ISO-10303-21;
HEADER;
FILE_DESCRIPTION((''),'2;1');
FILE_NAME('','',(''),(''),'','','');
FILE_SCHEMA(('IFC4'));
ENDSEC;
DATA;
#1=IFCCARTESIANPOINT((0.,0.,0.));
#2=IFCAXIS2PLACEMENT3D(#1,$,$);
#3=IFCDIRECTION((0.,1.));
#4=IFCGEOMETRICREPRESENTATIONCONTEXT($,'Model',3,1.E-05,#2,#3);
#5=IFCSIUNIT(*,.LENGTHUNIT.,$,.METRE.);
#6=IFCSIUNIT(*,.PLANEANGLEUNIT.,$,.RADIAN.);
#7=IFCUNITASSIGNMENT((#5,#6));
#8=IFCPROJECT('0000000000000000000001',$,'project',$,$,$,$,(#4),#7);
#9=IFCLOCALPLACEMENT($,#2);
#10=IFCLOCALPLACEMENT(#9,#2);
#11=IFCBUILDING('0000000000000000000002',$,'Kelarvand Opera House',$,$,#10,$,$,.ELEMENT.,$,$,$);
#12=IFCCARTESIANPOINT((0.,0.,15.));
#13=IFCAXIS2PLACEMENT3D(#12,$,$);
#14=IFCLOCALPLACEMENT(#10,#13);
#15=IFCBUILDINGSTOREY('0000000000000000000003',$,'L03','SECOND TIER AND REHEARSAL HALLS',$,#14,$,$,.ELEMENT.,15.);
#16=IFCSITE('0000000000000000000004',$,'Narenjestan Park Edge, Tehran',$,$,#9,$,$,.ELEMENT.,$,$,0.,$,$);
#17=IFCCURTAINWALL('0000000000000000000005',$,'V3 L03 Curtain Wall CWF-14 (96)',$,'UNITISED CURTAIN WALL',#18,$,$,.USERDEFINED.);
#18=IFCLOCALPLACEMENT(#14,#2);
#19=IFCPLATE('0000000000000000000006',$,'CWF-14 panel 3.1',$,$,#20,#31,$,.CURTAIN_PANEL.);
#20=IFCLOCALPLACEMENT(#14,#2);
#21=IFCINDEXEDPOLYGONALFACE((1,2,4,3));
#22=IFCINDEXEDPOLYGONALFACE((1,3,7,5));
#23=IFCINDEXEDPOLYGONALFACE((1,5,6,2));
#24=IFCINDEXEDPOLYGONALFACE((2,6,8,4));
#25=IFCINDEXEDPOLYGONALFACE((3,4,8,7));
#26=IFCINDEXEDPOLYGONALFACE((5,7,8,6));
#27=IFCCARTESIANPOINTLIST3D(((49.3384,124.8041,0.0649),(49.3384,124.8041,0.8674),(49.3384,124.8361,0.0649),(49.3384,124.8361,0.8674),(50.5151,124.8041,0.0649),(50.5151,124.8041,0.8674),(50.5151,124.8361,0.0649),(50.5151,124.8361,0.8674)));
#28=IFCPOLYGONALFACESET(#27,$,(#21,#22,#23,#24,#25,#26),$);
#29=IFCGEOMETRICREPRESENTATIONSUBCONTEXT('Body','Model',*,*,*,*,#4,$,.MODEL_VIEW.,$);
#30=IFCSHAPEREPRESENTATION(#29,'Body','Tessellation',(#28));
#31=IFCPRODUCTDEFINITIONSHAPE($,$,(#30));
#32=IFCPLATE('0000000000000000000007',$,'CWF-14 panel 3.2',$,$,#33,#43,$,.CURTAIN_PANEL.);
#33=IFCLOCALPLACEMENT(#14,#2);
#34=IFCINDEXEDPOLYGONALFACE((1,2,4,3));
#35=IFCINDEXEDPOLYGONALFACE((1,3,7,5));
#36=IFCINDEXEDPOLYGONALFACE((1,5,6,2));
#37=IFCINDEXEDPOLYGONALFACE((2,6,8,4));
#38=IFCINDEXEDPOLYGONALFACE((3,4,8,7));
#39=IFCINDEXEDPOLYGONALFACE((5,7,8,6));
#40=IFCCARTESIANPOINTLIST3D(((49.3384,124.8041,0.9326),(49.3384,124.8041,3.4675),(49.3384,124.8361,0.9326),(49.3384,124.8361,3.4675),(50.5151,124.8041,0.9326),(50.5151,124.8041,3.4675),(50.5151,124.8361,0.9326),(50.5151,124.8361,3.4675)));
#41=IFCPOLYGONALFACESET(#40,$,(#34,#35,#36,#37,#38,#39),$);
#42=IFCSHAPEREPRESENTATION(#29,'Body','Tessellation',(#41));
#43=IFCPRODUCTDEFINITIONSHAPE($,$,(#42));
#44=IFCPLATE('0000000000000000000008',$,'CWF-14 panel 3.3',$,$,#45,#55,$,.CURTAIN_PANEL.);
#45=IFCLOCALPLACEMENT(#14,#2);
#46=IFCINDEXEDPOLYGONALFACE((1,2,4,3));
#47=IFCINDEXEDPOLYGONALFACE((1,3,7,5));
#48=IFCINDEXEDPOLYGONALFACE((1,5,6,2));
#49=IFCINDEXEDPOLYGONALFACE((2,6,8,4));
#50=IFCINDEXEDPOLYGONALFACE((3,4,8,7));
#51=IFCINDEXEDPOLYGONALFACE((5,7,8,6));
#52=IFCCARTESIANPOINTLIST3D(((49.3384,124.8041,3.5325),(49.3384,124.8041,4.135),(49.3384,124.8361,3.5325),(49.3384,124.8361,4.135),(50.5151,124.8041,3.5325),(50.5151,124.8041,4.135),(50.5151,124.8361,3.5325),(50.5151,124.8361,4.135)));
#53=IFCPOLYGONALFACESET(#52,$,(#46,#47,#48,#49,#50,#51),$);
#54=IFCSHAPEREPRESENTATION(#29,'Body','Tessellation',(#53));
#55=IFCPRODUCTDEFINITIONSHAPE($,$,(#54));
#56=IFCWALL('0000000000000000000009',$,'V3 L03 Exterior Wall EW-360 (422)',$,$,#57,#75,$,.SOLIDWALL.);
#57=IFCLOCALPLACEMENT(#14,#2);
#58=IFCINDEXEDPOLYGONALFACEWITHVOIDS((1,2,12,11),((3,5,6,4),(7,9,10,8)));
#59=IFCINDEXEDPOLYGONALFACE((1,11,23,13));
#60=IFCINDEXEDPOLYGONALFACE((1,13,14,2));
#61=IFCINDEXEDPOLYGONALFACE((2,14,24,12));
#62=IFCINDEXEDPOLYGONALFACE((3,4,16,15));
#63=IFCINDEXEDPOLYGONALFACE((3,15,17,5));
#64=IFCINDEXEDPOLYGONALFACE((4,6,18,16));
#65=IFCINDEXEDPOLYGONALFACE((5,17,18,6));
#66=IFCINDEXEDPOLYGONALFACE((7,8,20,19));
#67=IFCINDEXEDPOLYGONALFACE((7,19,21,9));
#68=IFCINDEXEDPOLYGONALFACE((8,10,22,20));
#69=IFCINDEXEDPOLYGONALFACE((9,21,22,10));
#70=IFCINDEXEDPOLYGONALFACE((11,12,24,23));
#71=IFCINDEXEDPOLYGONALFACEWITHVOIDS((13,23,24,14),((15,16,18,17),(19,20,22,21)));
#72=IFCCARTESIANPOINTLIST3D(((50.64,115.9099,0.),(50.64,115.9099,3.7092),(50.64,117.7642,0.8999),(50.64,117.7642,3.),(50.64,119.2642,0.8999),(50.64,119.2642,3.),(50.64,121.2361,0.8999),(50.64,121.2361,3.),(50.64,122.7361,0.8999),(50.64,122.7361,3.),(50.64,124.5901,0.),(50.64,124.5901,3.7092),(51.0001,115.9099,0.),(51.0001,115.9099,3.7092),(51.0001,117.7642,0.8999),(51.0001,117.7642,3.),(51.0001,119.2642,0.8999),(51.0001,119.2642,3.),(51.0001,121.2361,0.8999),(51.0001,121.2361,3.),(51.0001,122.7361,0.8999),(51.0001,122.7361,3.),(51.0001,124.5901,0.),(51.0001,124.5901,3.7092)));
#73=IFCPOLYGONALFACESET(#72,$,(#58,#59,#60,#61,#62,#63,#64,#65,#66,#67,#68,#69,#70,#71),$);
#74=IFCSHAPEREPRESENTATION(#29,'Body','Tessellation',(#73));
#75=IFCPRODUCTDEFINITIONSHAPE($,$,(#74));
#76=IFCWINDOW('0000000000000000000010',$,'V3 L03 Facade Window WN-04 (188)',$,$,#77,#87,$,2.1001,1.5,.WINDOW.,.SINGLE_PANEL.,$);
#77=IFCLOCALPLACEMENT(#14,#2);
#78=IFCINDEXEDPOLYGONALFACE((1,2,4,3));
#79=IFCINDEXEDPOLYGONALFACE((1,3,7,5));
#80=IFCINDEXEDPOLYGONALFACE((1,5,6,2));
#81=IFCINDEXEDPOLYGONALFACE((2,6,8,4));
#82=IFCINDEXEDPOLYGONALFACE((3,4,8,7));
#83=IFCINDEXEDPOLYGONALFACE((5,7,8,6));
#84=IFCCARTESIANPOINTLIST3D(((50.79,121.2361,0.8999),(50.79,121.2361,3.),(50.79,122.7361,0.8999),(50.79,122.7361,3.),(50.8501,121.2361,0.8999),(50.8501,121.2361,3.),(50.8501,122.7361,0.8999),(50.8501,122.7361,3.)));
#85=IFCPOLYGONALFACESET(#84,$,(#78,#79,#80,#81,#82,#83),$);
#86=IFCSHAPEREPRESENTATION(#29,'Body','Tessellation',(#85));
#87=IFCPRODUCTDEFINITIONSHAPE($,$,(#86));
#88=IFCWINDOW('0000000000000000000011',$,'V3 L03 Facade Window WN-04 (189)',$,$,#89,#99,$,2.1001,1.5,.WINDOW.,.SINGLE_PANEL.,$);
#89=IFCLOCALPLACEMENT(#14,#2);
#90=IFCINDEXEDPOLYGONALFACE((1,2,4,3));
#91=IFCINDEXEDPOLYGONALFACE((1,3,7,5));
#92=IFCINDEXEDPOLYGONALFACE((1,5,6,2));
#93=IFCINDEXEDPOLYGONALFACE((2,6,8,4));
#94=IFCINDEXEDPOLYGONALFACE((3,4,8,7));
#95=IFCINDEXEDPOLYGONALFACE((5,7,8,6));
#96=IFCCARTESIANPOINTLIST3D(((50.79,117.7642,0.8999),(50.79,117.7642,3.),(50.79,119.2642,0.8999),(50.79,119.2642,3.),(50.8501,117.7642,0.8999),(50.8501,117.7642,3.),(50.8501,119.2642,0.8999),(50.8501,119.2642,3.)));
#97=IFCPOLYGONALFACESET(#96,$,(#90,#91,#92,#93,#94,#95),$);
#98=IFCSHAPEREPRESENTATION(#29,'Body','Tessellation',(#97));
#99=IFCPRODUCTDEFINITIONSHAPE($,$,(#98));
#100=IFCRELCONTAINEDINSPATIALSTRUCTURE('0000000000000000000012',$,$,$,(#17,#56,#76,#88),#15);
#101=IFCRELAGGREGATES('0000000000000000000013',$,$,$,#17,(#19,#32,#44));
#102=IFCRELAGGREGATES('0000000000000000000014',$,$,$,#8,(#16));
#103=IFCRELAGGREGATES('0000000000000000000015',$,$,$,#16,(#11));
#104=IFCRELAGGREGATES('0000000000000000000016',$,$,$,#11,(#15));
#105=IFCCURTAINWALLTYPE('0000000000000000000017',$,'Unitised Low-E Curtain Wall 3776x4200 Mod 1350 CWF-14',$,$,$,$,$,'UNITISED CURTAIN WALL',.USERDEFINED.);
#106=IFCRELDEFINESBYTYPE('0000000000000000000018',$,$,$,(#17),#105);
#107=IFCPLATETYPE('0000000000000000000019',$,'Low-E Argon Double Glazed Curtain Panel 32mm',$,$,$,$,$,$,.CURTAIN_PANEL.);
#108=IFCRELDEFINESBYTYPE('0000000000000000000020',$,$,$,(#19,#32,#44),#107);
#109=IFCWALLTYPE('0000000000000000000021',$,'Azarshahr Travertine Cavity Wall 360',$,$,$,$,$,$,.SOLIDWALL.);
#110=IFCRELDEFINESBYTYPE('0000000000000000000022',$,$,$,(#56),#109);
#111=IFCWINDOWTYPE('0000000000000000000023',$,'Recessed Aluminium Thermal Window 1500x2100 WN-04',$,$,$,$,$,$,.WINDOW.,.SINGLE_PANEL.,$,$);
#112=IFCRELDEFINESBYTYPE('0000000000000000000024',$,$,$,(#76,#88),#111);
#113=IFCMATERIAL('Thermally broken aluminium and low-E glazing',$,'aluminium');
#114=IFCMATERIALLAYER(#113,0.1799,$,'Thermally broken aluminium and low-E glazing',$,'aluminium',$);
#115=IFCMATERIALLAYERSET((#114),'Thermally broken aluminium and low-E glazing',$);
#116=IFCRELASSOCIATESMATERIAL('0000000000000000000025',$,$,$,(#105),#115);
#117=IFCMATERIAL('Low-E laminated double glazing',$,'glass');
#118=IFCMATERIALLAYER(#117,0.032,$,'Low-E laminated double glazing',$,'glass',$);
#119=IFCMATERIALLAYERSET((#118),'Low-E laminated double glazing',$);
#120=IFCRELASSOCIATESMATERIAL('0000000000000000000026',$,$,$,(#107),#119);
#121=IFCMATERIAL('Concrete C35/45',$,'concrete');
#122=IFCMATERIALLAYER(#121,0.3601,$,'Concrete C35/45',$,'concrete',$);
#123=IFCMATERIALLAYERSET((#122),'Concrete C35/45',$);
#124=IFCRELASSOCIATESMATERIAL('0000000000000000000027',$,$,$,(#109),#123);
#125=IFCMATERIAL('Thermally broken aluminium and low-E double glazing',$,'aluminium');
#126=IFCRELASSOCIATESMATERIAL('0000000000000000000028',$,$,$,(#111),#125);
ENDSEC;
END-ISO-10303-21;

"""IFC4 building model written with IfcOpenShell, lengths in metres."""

from ifc_helpers import new_model, si_unit, direction, frame, frame_2d, origin, origin_2d, place, context, subcontext, project, spatial, rectangle, extrude, material, layer, layer_set, type_object, element, fill, aggregate, save


model = new_model("IFC4")

# Units and contexts
model_context = context("Model", 3, precision=1e-05, world=origin(), true_north=direction((0.0, 1.0)))
body_context = subcontext(model_context, "Body", "Model", "MODEL_VIEW")
ifc_project = project(units=[si_unit("LENGTHUNIT", "METRE"), si_unit("PLANEANGLEUNIT", "RADIAN")], contexts=[model_context])

# Site, building, storey
site_placement = place(None, origin())
site = spatial("IfcSite", under=ifc_project, at=site_placement, Name="Narenjestan Park Edge, Tehran", CompositionType="ELEMENT", RefElevation=0.0)
building_placement = place(site_placement, origin())
building = spatial("IfcBuilding", under=site, at=building_placement, Name="Kelarvand Opera House", CompositionType="ELEMENT")
storey_placement = place(building_placement, frame((0.0, 0.0, 15.0)))
storey = spatial("IfcBuildingStorey", under=building, at=storey_placement, Name="L03", Description="SECOND TIER AND REHEARSAL HALLS", CompositionType="ELEMENT", Elevation=15.0)

# Shared definitions
ifc_material_1 = material(Name="Thermally broken aluminium and low-E glazing", Category="aluminium")
ifc_layer_1 = layer(ifc_material_1, 0.1799, Name="Thermally broken aluminium and low-E glazing", Category="aluminium")
ifc_layer_set_1 = layer_set([ifc_layer_1], Name="Thermally broken aluminium and low-E glazing")
curtain_wall_type = type_object("IfcCurtainWallType", Name="Unitised Low-E Curtain Wall 3776x4200 Mod 1350 CWF-14", ElementType="UNITISED CURTAIN WALL", PredefinedType="USERDEFINED", material=ifc_layer_set_1)

# Curtain wall
curtain_wall_1_placement = place(storey_placement, origin())
curtain_wall_1 = element("IfcCurtainWall", 1, at=curtain_wall_1_placement, inside=storey, type_object=curtain_wall_type, Name="V3 L03 Curtain Wall CWF-14 (96)", ObjectType="UNITISED CURTAIN WALL", PredefinedType="USERDEFINED")

# Plates
ifc_material_2 = material(Name="Low-E laminated double glazing", Category="glass")
ifc_layer_2 = layer(ifc_material_2, 0.032, Name="Low-E laminated double glazing", Category="glass")
ifc_layer_set_2 = layer_set([ifc_layer_2], Name="Low-E laminated double glazing")
plate_type = type_object("IfcPlateType", Name="Low-E Argon Double Glazed Curtain Panel 32mm", PredefinedType="CURTAIN_PANEL", material=ifc_layer_set_2)
plate_1_placement = place(storey_placement, frame((49.9268, 124.8201, 0.0649), z_axis=(0.0, 0.0, 1.0), x_axis=(1.0, 0.0, 0.0)))
plate_1 = element("IfcPlate", 2, at=plate_1_placement, type_object=plate_type, Name="CWF-14 panel 3.1", PredefinedType="CURTAIN_PANEL", context=body_context, shape_type="SweptSolid", body=[
    extrude(rectangle(XDim=1.1768, YDim=0.032, at=origin_2d()), origin(), (0.0, 0.0, 1.0), 0.8025),
])
plate_2_placement = place(storey_placement, frame((49.9268, 124.8201, 0.9326), z_axis=(0.0, 0.0, 1.0), x_axis=(1.0, 0.0, 0.0)))
plate_2 = element("IfcPlate", 3, at=plate_2_placement, type_object=plate_type, Name="CWF-14 panel 3.2", PredefinedType="CURTAIN_PANEL", context=body_context, shape_type="SweptSolid", body=[
    extrude(rectangle(XDim=1.1768, YDim=0.032, at=origin_2d()), origin(), (0.0, 0.0, 1.0), 2.5349),
])
plate_3_placement = place(storey_placement, frame((49.9268, 124.8201, 3.5325), z_axis=(0.0, 0.0, 1.0), x_axis=(1.0, 0.0, 0.0)))
plate_3 = element("IfcPlate", 4, at=plate_3_placement, type_object=plate_type, Name="CWF-14 panel 3.3", PredefinedType="CURTAIN_PANEL", context=body_context, shape_type="SweptSolid", body=[
    extrude(rectangle(XDim=1.1768, YDim=0.032, at=origin_2d()), origin(), (0.0, 0.0, 1.0), 0.6025),
])
aggregate(curtain_wall_1, [plate_1, plate_2, plate_3])

# Wall, openings, windows
ifc_material_3 = material(Name="Concrete C35/45", Category="concrete")
ifc_layer_3 = layer(ifc_material_3, 0.3601, Name="Concrete C35/45", Category="concrete")
ifc_layer_set_3 = layer_set([ifc_layer_3], Name="Concrete C35/45")
wall_type = type_object("IfcWallType", Name="Azarshahr Travertine Cavity Wall 360", PredefinedType="SOLIDWALL", material=ifc_layer_set_3)
wall_placement = place(storey_placement, frame((50.8201, 124.5901, 0.0), z_axis=(0.0, 0.0, 1.0), x_axis=(0.0, -1.0, 0.0)))
wall = element("IfcWall", 5, at=wall_placement, inside=storey, type_object=wall_type, Name="V3 L03 Exterior Wall EW-360 (422)", PredefinedType="SOLIDWALL", context=body_context, shape_type="SweptSolid", body=[
    extrude(rectangle(XDim=8.6802, YDim=0.3601, at=frame_2d((4.3401, 0.0))), origin(), (0.0, 0.0, 1.0), 3.7092),
])
opening_1_placement = place(wall_placement, frame((1.854, 0.0, 0.8999)))
opening_1 = element("IfcOpeningElement", 6, at=opening_1_placement, cuts=wall, PredefinedType="OPENING", context=body_context, shape_type="SweptSolid", body=[
    extrude(rectangle(XDim=1.5, YDim=2.1001, at=frame_2d((0.75, 1.05))), frame((0.0, 0.1899, 0.0), z_axis=(0.0, -1.0, 0.0), x_axis=(1.0, 0.0, 0.0)), (0.0, 0.0, 1.0), 0.3801),
])
opening_2_placement = place(wall_placement, frame((5.3259, 0.0, 0.8999)))
opening_2 = element("IfcOpeningElement", 7, at=opening_2_placement, cuts=wall, PredefinedType="OPENING", context=body_context, shape_type="SweptSolid", body=[
    extrude(rectangle(XDim=1.5, YDim=2.1001, at=frame_2d((0.75, 1.05))), frame((0.0, 0.1899, 0.0), z_axis=(0.0, -1.0, 0.0), x_axis=(1.0, 0.0, 0.0)), (0.0, 0.0, 1.0), 0.3801),
])
ifc_material_4 = material(Name="Thermally broken aluminium and low-E double glazing", Category="aluminium")
window_type = type_object("IfcWindowType", Name="Recessed Aluminium Thermal Window 1500x2100 WN-04", PartitioningType="SINGLE_PANEL", PredefinedType="WINDOW", material=ifc_material_4)
window_1_placement = place(opening_1_placement, origin())
window_1 = element("IfcWindow", 8, at=window_1_placement, inside=storey, type_object=window_type, Name="V3 L03 Facade Window WN-04 (188)", OverallHeight=2.1001, OverallWidth=1.5, PartitioningType="SINGLE_PANEL", PredefinedType="WINDOW", context=body_context, shape_type="SweptSolid", body=[
    extrude(rectangle(XDim=1.5, YDim=2.1001, at=frame_2d((0.75, 1.05))), frame((0.0, 0.03, 0.0), z_axis=(0.0, -1.0, 0.0), x_axis=(1.0, 0.0, 0.0)), (0.0, 0.0, 1.0), 0.0601),
])
fill(opening_1, window_1)
window_2_placement = place(opening_2_placement, origin())
window_2 = element("IfcWindow", 9, at=window_2_placement, inside=storey, type_object=window_type, Name="V3 L03 Facade Window WN-04 (189)", OverallHeight=2.1001, OverallWidth=1.5, PartitioningType="SINGLE_PANEL", PredefinedType="WINDOW", context=body_context, shape_type="SweptSolid", body=[
    extrude(rectangle(XDim=1.5, YDim=2.1001, at=frame_2d((0.75, 1.05))), frame((0.0, 0.03, 0.0), z_axis=(0.0, -1.0, 0.0), x_axis=(1.0, 0.0, 0.0)), (0.0, 0.0, 1.0), 0.0601),
])
fill(opening_2, window_2)

save(model, "model.ifc")
